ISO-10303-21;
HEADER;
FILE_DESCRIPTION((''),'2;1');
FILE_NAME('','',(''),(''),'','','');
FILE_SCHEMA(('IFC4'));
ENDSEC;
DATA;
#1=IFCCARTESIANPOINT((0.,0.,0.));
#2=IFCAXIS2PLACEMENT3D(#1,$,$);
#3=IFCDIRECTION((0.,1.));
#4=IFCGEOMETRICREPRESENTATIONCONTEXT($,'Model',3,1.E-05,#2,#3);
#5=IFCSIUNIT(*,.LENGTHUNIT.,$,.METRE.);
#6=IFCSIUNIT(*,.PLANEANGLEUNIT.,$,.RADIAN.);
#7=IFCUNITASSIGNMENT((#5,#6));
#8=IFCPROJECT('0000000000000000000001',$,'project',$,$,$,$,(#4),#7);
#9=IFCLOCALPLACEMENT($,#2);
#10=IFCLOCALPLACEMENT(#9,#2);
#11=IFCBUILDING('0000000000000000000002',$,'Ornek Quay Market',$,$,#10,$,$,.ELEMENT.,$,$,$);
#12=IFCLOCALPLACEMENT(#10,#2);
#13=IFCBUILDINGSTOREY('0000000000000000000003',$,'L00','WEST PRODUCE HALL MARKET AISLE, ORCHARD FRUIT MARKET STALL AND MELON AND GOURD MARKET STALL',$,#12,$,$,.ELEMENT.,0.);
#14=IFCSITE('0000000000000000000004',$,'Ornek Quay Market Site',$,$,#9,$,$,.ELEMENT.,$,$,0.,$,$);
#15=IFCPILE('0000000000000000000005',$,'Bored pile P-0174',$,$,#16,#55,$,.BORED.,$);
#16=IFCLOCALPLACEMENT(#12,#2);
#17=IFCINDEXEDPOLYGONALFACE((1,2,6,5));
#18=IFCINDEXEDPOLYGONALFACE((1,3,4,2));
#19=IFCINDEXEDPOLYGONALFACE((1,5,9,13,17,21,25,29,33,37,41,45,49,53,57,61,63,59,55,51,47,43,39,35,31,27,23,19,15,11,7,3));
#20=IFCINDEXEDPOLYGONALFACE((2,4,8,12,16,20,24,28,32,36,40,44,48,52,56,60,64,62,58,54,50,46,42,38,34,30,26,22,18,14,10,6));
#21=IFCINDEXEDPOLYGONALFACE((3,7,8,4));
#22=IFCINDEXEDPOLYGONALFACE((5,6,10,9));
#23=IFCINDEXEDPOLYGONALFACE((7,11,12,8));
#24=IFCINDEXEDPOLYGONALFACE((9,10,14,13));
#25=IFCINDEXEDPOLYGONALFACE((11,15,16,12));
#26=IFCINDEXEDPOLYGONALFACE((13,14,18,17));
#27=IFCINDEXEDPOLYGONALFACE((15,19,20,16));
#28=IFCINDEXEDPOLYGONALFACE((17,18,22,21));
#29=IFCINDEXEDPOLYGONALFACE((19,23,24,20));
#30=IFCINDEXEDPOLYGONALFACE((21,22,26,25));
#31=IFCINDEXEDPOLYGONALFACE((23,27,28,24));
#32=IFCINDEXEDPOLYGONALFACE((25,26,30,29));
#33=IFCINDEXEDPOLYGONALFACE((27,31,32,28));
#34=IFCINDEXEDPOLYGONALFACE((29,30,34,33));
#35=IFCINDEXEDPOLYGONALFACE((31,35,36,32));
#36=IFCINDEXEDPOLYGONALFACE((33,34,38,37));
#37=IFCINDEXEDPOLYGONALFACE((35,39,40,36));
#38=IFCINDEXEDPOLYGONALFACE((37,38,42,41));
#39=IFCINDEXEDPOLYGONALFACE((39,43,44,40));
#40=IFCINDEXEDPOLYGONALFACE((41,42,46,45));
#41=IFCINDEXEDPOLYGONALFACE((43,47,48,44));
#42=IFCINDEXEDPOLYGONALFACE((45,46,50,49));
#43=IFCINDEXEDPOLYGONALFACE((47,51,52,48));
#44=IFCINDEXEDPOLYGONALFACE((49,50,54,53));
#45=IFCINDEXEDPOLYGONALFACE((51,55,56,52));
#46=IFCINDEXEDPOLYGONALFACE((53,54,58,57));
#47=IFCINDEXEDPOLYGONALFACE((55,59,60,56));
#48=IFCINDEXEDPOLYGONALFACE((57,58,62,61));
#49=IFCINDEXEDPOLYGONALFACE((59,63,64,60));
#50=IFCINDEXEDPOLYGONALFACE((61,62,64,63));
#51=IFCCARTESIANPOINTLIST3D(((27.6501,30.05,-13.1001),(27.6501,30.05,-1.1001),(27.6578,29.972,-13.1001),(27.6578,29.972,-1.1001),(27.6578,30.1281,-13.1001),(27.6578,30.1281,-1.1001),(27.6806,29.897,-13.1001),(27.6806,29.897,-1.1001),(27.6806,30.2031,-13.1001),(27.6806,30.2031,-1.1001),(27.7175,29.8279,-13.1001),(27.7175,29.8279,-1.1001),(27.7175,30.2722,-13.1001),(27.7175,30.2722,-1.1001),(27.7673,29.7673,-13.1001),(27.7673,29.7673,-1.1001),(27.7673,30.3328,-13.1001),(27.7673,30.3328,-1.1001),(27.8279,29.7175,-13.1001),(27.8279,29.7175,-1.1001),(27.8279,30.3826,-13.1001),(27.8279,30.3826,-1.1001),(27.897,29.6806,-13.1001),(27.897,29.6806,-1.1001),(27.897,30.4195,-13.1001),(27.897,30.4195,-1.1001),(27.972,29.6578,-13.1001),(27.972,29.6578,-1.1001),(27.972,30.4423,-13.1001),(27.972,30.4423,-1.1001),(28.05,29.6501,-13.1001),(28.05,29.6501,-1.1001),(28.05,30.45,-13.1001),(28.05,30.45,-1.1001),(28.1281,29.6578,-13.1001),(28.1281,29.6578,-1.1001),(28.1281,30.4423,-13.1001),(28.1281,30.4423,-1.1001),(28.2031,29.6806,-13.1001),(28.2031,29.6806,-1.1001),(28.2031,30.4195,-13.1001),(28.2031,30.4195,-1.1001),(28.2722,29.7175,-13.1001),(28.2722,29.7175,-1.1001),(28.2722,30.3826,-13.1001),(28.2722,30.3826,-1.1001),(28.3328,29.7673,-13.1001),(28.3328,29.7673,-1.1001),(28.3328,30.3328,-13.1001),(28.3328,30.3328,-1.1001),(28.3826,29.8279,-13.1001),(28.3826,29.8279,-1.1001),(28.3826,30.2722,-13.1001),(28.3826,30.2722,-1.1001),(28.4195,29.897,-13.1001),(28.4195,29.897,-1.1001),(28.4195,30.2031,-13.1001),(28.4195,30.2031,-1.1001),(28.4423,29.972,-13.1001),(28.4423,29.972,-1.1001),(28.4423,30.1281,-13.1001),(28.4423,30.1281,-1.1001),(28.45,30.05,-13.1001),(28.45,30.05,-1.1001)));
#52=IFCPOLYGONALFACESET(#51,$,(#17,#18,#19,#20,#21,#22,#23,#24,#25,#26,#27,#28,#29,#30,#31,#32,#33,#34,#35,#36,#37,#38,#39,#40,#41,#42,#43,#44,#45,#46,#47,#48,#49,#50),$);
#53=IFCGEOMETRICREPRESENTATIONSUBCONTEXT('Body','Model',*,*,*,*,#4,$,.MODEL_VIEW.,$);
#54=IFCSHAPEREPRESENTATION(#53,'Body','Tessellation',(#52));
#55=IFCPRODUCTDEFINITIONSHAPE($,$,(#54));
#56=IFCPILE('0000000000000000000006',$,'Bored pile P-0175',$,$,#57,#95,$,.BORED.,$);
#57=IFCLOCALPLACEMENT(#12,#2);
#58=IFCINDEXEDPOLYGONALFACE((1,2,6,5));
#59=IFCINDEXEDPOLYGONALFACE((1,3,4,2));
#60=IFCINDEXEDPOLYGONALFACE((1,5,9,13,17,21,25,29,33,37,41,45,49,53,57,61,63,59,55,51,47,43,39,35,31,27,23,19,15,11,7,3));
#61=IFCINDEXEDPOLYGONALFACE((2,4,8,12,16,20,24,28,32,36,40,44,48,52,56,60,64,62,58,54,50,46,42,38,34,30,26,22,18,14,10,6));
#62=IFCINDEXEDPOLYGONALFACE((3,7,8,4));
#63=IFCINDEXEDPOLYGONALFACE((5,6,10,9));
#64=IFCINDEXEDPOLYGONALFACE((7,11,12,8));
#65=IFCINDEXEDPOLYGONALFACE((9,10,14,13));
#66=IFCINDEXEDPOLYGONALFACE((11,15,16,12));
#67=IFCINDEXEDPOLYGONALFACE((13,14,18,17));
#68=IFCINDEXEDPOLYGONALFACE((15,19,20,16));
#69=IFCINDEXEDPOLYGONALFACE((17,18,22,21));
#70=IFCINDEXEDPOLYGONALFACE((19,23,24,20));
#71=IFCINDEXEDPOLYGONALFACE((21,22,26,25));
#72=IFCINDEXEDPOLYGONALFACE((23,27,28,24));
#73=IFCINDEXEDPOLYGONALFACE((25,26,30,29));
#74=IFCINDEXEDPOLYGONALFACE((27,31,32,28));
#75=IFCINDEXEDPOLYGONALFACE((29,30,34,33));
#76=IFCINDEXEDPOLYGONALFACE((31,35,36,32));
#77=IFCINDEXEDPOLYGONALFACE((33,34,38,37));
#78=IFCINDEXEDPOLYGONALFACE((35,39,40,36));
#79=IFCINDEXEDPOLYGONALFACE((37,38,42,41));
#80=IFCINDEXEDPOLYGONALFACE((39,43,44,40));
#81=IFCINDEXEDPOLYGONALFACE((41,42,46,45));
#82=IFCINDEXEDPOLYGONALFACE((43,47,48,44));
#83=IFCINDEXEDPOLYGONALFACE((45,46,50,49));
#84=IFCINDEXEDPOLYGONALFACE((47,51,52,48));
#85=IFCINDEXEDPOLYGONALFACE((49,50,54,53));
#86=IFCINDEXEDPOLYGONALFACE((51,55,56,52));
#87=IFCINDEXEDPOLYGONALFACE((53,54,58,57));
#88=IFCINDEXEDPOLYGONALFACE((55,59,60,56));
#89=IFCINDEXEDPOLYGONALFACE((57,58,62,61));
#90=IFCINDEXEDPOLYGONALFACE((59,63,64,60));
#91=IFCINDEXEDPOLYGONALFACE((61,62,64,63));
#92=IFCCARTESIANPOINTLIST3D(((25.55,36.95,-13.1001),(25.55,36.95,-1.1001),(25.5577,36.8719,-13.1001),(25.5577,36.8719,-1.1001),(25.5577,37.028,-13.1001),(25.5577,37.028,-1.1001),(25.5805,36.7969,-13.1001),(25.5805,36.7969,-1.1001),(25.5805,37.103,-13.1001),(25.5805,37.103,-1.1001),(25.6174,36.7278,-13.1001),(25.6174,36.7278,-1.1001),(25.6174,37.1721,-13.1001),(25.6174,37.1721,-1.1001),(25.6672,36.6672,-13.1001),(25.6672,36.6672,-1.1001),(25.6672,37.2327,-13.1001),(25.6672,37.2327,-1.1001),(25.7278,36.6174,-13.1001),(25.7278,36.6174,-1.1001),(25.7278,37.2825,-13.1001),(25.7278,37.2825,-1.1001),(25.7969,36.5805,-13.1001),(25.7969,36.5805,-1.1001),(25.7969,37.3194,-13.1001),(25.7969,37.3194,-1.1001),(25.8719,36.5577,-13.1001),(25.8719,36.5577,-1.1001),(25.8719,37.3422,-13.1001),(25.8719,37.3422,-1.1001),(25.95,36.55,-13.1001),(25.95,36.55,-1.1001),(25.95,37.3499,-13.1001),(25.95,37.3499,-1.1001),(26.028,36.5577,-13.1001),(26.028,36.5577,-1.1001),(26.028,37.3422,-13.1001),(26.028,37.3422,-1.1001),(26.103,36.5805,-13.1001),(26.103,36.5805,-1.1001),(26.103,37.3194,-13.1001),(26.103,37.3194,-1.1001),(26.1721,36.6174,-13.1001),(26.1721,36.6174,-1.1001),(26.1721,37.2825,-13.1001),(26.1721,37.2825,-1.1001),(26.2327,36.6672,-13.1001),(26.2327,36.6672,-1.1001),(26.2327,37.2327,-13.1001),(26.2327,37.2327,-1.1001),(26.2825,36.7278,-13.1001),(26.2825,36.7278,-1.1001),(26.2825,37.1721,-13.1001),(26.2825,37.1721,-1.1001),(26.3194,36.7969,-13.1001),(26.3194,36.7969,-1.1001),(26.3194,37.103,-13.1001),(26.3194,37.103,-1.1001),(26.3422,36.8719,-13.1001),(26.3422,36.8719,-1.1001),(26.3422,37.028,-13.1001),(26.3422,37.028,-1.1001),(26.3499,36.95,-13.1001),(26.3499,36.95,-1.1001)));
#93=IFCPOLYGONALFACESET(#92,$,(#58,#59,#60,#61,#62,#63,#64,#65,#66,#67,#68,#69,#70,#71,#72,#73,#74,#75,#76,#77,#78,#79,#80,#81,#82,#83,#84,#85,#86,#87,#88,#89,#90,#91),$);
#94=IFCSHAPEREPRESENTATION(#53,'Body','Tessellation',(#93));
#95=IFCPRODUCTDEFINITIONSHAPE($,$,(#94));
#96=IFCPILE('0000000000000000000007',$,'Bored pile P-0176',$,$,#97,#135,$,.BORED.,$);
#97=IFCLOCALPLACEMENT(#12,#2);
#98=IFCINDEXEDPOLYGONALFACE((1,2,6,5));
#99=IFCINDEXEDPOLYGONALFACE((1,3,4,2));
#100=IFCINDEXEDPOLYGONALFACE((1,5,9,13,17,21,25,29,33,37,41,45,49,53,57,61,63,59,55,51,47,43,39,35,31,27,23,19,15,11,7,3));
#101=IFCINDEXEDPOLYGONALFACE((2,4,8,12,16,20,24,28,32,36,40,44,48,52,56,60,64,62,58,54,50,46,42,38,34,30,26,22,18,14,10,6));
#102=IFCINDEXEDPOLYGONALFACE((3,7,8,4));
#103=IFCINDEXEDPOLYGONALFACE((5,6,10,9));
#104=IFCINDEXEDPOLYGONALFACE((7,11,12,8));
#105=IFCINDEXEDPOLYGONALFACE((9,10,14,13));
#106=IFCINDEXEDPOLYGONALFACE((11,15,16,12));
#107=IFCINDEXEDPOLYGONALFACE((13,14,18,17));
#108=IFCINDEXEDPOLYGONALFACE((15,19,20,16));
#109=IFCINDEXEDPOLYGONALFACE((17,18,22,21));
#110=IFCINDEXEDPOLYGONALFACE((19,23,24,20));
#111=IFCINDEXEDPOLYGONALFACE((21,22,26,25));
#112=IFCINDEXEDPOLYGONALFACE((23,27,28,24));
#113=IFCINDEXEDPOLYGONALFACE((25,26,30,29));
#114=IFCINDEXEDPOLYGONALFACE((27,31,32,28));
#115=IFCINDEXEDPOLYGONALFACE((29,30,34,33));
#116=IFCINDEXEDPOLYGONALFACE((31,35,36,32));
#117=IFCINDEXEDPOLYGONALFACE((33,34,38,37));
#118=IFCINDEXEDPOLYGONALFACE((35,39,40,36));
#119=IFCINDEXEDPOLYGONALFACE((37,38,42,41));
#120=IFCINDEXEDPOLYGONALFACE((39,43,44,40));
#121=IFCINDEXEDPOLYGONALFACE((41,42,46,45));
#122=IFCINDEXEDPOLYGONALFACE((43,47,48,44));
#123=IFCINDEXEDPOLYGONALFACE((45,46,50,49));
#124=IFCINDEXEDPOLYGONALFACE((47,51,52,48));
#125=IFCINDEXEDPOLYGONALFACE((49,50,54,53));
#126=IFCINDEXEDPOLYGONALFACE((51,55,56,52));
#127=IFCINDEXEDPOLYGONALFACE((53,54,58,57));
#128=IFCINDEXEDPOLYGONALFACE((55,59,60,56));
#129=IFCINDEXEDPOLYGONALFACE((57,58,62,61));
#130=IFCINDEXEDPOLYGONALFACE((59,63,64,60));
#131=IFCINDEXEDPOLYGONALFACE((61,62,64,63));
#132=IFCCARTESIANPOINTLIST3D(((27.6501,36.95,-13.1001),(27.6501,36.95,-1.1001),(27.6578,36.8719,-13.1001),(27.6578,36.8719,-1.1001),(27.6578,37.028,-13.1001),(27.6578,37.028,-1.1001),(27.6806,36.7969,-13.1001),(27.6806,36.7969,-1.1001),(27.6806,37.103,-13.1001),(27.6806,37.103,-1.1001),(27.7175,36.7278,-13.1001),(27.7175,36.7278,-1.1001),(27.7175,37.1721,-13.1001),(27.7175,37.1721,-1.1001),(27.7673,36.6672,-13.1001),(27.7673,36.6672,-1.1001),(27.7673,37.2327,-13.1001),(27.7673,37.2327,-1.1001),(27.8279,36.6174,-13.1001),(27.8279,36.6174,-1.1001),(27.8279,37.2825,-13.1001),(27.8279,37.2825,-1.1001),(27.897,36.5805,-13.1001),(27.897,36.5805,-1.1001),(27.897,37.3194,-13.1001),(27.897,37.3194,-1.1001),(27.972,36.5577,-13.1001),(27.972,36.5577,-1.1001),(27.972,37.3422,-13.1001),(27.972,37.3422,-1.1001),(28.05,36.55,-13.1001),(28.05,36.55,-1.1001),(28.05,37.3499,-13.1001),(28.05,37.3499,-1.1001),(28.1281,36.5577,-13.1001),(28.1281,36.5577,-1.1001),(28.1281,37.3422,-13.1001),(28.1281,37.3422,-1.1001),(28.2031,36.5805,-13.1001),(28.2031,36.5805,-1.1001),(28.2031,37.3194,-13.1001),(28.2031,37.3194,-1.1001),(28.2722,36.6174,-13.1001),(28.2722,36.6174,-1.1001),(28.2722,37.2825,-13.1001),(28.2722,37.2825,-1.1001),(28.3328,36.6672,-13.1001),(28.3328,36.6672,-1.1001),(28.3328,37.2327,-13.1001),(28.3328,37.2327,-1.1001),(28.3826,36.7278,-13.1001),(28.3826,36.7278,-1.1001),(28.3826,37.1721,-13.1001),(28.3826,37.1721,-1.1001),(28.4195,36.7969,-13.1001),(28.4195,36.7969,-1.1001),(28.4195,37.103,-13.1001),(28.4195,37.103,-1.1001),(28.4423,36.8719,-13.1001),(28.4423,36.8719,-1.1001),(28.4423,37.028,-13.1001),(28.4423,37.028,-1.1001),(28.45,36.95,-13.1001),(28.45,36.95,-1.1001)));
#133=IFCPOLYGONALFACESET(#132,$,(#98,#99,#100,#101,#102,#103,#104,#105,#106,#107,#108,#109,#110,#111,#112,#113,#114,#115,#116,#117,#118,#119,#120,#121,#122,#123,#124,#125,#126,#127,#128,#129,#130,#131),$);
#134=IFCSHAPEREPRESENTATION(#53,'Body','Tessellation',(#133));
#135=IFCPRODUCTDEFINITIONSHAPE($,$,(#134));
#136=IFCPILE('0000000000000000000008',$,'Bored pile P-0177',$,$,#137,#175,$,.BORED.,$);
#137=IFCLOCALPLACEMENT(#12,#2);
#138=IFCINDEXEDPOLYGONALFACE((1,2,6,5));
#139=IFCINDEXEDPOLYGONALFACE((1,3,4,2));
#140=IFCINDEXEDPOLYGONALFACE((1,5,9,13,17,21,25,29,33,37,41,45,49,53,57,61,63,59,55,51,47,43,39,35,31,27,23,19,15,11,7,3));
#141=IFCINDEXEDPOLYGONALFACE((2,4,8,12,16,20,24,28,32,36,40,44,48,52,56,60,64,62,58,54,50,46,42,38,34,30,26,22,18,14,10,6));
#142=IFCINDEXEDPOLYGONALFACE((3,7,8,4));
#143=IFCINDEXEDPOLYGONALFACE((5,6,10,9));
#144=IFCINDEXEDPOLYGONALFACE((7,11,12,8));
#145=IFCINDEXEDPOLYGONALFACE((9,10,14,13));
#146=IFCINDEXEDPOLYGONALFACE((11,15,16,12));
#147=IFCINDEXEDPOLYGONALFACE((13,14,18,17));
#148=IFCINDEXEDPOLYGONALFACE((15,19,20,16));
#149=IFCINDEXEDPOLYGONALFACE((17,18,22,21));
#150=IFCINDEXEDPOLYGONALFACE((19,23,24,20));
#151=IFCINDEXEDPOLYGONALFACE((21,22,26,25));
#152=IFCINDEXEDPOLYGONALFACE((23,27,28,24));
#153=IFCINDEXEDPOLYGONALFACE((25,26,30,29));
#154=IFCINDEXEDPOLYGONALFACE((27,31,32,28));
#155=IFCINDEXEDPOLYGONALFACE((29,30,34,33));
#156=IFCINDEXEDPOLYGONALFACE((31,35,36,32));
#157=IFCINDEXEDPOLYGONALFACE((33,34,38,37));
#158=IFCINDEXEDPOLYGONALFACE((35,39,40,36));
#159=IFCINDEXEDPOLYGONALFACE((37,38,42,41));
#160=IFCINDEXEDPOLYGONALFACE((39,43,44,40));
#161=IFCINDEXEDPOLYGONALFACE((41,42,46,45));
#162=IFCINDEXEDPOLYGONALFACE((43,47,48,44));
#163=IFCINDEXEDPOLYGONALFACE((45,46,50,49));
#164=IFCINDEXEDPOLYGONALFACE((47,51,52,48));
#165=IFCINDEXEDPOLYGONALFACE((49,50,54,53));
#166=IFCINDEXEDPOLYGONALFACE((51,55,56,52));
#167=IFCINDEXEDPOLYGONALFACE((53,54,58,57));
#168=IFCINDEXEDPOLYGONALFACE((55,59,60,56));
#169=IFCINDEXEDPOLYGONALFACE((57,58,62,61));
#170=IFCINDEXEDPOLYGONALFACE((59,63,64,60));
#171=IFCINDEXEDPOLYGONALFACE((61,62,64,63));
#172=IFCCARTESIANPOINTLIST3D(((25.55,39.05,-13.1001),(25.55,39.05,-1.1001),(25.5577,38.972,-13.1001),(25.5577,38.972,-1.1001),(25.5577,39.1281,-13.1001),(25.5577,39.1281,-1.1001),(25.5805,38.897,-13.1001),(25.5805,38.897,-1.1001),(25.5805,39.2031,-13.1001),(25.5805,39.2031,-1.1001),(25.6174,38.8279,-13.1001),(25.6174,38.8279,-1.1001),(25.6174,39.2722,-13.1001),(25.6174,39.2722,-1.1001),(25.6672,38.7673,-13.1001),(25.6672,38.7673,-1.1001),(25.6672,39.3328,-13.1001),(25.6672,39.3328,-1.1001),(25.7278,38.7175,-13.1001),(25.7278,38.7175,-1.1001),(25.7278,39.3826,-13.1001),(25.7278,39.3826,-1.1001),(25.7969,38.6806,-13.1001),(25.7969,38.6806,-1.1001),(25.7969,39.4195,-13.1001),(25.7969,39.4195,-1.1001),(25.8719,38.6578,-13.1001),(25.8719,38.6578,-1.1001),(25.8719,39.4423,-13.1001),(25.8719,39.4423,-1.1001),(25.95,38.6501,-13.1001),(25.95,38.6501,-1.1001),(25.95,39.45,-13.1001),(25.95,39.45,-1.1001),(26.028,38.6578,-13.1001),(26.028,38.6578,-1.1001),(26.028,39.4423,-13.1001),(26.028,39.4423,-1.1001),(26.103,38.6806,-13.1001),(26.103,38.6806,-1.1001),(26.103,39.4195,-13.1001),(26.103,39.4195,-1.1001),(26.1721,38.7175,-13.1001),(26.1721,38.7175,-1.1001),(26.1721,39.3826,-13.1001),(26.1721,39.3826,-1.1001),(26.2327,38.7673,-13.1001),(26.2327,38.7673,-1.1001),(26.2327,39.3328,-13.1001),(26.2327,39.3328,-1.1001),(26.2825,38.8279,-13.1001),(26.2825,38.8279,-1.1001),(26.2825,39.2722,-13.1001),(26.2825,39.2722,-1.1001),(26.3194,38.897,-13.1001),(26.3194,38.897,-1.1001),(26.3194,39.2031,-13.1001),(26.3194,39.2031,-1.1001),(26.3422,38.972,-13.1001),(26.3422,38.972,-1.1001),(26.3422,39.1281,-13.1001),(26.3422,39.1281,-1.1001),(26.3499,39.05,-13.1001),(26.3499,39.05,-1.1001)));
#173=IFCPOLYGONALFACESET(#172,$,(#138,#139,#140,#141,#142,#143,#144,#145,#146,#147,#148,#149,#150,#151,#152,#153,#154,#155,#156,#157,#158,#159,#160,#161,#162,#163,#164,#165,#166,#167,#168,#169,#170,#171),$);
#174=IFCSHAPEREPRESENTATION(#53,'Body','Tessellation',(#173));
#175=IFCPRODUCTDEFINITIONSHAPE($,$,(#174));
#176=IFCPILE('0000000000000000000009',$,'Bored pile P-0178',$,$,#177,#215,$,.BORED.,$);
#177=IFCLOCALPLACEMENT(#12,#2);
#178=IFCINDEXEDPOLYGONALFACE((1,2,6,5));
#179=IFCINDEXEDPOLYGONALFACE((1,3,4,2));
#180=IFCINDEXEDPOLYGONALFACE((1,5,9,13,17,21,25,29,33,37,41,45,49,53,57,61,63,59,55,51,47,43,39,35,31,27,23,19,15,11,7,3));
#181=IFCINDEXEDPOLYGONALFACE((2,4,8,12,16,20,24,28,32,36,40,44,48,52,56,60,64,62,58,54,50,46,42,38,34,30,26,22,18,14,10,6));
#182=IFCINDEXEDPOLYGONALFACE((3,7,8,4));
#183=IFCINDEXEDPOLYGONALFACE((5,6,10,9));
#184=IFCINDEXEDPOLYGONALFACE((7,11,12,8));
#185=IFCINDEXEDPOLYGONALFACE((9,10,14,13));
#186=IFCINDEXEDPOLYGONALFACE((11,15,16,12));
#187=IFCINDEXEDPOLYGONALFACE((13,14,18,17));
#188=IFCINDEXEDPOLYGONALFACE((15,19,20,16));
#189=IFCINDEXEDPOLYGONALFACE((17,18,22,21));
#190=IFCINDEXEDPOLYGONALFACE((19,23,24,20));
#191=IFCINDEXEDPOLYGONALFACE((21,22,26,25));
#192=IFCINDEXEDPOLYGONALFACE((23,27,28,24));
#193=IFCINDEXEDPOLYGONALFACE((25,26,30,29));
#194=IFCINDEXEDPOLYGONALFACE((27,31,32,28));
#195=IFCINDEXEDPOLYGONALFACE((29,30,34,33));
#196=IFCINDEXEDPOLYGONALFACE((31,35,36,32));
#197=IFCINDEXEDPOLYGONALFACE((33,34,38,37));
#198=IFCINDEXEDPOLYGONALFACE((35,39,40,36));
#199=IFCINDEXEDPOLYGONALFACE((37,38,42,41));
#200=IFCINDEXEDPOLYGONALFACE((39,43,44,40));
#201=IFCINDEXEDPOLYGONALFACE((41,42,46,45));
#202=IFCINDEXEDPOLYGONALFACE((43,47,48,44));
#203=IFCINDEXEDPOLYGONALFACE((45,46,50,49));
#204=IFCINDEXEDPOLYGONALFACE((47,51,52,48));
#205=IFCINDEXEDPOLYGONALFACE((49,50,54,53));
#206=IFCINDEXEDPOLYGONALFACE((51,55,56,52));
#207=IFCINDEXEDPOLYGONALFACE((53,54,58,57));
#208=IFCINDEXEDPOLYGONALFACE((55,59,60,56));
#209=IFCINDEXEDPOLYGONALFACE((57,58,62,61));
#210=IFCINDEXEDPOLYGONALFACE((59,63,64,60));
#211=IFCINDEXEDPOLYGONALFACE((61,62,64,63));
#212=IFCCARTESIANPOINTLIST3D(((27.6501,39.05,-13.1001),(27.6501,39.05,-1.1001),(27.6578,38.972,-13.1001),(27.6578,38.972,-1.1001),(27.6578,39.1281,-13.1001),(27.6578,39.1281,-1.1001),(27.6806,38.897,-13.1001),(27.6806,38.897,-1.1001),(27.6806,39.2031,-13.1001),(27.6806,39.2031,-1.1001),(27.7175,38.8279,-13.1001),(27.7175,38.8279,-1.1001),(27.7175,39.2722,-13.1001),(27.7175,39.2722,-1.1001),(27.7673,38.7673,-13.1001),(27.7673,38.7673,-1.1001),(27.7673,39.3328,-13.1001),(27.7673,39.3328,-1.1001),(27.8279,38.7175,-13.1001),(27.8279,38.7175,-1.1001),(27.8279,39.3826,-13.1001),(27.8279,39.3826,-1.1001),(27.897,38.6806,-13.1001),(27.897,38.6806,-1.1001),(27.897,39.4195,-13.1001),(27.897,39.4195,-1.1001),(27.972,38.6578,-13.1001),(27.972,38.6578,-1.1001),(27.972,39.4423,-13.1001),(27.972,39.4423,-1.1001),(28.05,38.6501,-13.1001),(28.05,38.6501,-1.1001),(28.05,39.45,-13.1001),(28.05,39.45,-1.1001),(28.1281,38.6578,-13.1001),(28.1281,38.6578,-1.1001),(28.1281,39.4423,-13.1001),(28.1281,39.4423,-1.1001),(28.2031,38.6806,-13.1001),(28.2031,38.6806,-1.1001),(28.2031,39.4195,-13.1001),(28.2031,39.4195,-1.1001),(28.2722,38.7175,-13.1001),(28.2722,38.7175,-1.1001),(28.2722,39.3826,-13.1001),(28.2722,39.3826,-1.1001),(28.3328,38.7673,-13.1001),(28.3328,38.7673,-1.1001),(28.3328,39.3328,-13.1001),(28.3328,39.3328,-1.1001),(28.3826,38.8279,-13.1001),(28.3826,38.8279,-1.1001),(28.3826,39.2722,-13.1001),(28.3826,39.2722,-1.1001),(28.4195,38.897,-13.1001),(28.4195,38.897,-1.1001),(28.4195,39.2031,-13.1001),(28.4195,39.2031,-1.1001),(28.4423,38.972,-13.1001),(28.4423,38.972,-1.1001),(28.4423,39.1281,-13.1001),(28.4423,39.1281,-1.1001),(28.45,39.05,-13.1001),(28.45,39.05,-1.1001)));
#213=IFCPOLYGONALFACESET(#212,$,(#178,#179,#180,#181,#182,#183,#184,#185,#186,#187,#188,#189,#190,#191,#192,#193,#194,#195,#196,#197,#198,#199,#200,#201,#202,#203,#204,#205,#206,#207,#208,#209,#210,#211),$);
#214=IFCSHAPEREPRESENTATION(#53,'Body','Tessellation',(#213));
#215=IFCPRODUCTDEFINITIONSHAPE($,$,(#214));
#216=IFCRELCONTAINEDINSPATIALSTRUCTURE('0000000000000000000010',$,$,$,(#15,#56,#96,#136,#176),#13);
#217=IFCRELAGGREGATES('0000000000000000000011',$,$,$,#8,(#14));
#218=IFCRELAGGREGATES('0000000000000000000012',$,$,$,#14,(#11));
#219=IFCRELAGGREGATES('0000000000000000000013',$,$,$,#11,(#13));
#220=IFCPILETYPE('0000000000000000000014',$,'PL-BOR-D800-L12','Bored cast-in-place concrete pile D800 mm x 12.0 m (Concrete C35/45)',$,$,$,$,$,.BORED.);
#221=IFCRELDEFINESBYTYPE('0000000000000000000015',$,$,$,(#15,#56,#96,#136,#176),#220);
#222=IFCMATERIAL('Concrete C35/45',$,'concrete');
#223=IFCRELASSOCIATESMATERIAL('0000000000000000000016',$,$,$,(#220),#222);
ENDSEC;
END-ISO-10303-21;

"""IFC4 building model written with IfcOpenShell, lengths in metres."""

from ifc_helpers import new_model, si_unit, direction, frame, origin, origin_2d, place, context, subcontext, project, spatial, circle, extrude, material, material_profile, profile_set, type_object, element, save


model = new_model("IFC4")

# Units and contexts
model_context = context("Model", 3, precision=1e-05, world=origin(), true_north=direction((0.0, 1.0)))
body_context = subcontext(model_context, "Body", "Model", "MODEL_VIEW")
ifc_project = project(units=[si_unit("LENGTHUNIT", "METRE"), si_unit("PLANEANGLEUNIT", "RADIAN")], contexts=[model_context])

# Site, building, storey
site_placement = place(None, origin())
site = spatial("IfcSite", under=ifc_project, at=site_placement, Name="Ornek Quay Market Site", CompositionType="ELEMENT", RefElevation=0.0)
building_placement = place(site_placement, origin())
building = spatial("IfcBuilding", under=site, at=building_placement, Name="Ornek Quay Market", CompositionType="ELEMENT")
storey_placement = place(building_placement, origin())
storey = spatial("IfcBuildingStorey", under=building, at=storey_placement, Name="L00", Description="WEST PRODUCE HALL MARKET AISLE, ORCHARD FRUIT MARKET STALL AND MELON AND GOURD MARKET STALL", CompositionType="ELEMENT", Elevation=0.0)

# Piles
ifc_material_1 = material(Name="Concrete C35/45", Category="concrete")
ifc_material_profile_1 = material_profile(ifc_material_1, circle(Radius=0.3999, at=origin_2d()), Name="PILE D800", Category="concrete")
ifc_profile_set_1 = profile_set([ifc_material_profile_1], Name="Concrete C35/45")
pile_type_1 = type_object("IfcPileType", Name="PL-BOR-D800-L12", Description="Bored cast-in-place concrete pile D800 mm x 12.0 m (Concrete C35/45)", PredefinedType="BORED", material=ifc_profile_set_1)
for number, where, z_axis, x_axis, name in (
    (1, (28.05, 30.05, -1.1001), (0.0, 0.0, -1.0), (1.0, 0.0, 0.0), "Bored pile P-0174"),
    (2, (25.95, 36.95, -1.1001), (0.0, 0.0, -1.0), (1.0, 0.0, 0.0), "Bored pile P-0175"),
    (3, (28.05, 36.95, -1.1001), (0.0, 0.0, -1.0), (1.0, 0.0, 0.0), "Bored pile P-0176"),
    (4, (25.95, 39.05, -1.1001), (0.0, 0.0, -1.0), (1.0, 0.0, 0.0), "Bored pile P-0177"),
    (5, (28.05, 39.05, -1.1001), (0.0, 0.0, -1.0), (1.0, 0.0, 0.0), "Bored pile P-0178"),
):
    element("IfcPile", number, at=place(storey_placement, frame(where, z_axis=z_axis, x_axis=x_axis)), inside=storey, type_object=pile_type_1, Name=name, PredefinedType="BORED", context=body_context, shape_type="SweptSolid", body=[
        extrude(circle(Radius=0.3999, at=origin_2d()), origin(), (0.0, 0.0, 1.0), 12.0),
    ])

save(model, "model.ifc")
